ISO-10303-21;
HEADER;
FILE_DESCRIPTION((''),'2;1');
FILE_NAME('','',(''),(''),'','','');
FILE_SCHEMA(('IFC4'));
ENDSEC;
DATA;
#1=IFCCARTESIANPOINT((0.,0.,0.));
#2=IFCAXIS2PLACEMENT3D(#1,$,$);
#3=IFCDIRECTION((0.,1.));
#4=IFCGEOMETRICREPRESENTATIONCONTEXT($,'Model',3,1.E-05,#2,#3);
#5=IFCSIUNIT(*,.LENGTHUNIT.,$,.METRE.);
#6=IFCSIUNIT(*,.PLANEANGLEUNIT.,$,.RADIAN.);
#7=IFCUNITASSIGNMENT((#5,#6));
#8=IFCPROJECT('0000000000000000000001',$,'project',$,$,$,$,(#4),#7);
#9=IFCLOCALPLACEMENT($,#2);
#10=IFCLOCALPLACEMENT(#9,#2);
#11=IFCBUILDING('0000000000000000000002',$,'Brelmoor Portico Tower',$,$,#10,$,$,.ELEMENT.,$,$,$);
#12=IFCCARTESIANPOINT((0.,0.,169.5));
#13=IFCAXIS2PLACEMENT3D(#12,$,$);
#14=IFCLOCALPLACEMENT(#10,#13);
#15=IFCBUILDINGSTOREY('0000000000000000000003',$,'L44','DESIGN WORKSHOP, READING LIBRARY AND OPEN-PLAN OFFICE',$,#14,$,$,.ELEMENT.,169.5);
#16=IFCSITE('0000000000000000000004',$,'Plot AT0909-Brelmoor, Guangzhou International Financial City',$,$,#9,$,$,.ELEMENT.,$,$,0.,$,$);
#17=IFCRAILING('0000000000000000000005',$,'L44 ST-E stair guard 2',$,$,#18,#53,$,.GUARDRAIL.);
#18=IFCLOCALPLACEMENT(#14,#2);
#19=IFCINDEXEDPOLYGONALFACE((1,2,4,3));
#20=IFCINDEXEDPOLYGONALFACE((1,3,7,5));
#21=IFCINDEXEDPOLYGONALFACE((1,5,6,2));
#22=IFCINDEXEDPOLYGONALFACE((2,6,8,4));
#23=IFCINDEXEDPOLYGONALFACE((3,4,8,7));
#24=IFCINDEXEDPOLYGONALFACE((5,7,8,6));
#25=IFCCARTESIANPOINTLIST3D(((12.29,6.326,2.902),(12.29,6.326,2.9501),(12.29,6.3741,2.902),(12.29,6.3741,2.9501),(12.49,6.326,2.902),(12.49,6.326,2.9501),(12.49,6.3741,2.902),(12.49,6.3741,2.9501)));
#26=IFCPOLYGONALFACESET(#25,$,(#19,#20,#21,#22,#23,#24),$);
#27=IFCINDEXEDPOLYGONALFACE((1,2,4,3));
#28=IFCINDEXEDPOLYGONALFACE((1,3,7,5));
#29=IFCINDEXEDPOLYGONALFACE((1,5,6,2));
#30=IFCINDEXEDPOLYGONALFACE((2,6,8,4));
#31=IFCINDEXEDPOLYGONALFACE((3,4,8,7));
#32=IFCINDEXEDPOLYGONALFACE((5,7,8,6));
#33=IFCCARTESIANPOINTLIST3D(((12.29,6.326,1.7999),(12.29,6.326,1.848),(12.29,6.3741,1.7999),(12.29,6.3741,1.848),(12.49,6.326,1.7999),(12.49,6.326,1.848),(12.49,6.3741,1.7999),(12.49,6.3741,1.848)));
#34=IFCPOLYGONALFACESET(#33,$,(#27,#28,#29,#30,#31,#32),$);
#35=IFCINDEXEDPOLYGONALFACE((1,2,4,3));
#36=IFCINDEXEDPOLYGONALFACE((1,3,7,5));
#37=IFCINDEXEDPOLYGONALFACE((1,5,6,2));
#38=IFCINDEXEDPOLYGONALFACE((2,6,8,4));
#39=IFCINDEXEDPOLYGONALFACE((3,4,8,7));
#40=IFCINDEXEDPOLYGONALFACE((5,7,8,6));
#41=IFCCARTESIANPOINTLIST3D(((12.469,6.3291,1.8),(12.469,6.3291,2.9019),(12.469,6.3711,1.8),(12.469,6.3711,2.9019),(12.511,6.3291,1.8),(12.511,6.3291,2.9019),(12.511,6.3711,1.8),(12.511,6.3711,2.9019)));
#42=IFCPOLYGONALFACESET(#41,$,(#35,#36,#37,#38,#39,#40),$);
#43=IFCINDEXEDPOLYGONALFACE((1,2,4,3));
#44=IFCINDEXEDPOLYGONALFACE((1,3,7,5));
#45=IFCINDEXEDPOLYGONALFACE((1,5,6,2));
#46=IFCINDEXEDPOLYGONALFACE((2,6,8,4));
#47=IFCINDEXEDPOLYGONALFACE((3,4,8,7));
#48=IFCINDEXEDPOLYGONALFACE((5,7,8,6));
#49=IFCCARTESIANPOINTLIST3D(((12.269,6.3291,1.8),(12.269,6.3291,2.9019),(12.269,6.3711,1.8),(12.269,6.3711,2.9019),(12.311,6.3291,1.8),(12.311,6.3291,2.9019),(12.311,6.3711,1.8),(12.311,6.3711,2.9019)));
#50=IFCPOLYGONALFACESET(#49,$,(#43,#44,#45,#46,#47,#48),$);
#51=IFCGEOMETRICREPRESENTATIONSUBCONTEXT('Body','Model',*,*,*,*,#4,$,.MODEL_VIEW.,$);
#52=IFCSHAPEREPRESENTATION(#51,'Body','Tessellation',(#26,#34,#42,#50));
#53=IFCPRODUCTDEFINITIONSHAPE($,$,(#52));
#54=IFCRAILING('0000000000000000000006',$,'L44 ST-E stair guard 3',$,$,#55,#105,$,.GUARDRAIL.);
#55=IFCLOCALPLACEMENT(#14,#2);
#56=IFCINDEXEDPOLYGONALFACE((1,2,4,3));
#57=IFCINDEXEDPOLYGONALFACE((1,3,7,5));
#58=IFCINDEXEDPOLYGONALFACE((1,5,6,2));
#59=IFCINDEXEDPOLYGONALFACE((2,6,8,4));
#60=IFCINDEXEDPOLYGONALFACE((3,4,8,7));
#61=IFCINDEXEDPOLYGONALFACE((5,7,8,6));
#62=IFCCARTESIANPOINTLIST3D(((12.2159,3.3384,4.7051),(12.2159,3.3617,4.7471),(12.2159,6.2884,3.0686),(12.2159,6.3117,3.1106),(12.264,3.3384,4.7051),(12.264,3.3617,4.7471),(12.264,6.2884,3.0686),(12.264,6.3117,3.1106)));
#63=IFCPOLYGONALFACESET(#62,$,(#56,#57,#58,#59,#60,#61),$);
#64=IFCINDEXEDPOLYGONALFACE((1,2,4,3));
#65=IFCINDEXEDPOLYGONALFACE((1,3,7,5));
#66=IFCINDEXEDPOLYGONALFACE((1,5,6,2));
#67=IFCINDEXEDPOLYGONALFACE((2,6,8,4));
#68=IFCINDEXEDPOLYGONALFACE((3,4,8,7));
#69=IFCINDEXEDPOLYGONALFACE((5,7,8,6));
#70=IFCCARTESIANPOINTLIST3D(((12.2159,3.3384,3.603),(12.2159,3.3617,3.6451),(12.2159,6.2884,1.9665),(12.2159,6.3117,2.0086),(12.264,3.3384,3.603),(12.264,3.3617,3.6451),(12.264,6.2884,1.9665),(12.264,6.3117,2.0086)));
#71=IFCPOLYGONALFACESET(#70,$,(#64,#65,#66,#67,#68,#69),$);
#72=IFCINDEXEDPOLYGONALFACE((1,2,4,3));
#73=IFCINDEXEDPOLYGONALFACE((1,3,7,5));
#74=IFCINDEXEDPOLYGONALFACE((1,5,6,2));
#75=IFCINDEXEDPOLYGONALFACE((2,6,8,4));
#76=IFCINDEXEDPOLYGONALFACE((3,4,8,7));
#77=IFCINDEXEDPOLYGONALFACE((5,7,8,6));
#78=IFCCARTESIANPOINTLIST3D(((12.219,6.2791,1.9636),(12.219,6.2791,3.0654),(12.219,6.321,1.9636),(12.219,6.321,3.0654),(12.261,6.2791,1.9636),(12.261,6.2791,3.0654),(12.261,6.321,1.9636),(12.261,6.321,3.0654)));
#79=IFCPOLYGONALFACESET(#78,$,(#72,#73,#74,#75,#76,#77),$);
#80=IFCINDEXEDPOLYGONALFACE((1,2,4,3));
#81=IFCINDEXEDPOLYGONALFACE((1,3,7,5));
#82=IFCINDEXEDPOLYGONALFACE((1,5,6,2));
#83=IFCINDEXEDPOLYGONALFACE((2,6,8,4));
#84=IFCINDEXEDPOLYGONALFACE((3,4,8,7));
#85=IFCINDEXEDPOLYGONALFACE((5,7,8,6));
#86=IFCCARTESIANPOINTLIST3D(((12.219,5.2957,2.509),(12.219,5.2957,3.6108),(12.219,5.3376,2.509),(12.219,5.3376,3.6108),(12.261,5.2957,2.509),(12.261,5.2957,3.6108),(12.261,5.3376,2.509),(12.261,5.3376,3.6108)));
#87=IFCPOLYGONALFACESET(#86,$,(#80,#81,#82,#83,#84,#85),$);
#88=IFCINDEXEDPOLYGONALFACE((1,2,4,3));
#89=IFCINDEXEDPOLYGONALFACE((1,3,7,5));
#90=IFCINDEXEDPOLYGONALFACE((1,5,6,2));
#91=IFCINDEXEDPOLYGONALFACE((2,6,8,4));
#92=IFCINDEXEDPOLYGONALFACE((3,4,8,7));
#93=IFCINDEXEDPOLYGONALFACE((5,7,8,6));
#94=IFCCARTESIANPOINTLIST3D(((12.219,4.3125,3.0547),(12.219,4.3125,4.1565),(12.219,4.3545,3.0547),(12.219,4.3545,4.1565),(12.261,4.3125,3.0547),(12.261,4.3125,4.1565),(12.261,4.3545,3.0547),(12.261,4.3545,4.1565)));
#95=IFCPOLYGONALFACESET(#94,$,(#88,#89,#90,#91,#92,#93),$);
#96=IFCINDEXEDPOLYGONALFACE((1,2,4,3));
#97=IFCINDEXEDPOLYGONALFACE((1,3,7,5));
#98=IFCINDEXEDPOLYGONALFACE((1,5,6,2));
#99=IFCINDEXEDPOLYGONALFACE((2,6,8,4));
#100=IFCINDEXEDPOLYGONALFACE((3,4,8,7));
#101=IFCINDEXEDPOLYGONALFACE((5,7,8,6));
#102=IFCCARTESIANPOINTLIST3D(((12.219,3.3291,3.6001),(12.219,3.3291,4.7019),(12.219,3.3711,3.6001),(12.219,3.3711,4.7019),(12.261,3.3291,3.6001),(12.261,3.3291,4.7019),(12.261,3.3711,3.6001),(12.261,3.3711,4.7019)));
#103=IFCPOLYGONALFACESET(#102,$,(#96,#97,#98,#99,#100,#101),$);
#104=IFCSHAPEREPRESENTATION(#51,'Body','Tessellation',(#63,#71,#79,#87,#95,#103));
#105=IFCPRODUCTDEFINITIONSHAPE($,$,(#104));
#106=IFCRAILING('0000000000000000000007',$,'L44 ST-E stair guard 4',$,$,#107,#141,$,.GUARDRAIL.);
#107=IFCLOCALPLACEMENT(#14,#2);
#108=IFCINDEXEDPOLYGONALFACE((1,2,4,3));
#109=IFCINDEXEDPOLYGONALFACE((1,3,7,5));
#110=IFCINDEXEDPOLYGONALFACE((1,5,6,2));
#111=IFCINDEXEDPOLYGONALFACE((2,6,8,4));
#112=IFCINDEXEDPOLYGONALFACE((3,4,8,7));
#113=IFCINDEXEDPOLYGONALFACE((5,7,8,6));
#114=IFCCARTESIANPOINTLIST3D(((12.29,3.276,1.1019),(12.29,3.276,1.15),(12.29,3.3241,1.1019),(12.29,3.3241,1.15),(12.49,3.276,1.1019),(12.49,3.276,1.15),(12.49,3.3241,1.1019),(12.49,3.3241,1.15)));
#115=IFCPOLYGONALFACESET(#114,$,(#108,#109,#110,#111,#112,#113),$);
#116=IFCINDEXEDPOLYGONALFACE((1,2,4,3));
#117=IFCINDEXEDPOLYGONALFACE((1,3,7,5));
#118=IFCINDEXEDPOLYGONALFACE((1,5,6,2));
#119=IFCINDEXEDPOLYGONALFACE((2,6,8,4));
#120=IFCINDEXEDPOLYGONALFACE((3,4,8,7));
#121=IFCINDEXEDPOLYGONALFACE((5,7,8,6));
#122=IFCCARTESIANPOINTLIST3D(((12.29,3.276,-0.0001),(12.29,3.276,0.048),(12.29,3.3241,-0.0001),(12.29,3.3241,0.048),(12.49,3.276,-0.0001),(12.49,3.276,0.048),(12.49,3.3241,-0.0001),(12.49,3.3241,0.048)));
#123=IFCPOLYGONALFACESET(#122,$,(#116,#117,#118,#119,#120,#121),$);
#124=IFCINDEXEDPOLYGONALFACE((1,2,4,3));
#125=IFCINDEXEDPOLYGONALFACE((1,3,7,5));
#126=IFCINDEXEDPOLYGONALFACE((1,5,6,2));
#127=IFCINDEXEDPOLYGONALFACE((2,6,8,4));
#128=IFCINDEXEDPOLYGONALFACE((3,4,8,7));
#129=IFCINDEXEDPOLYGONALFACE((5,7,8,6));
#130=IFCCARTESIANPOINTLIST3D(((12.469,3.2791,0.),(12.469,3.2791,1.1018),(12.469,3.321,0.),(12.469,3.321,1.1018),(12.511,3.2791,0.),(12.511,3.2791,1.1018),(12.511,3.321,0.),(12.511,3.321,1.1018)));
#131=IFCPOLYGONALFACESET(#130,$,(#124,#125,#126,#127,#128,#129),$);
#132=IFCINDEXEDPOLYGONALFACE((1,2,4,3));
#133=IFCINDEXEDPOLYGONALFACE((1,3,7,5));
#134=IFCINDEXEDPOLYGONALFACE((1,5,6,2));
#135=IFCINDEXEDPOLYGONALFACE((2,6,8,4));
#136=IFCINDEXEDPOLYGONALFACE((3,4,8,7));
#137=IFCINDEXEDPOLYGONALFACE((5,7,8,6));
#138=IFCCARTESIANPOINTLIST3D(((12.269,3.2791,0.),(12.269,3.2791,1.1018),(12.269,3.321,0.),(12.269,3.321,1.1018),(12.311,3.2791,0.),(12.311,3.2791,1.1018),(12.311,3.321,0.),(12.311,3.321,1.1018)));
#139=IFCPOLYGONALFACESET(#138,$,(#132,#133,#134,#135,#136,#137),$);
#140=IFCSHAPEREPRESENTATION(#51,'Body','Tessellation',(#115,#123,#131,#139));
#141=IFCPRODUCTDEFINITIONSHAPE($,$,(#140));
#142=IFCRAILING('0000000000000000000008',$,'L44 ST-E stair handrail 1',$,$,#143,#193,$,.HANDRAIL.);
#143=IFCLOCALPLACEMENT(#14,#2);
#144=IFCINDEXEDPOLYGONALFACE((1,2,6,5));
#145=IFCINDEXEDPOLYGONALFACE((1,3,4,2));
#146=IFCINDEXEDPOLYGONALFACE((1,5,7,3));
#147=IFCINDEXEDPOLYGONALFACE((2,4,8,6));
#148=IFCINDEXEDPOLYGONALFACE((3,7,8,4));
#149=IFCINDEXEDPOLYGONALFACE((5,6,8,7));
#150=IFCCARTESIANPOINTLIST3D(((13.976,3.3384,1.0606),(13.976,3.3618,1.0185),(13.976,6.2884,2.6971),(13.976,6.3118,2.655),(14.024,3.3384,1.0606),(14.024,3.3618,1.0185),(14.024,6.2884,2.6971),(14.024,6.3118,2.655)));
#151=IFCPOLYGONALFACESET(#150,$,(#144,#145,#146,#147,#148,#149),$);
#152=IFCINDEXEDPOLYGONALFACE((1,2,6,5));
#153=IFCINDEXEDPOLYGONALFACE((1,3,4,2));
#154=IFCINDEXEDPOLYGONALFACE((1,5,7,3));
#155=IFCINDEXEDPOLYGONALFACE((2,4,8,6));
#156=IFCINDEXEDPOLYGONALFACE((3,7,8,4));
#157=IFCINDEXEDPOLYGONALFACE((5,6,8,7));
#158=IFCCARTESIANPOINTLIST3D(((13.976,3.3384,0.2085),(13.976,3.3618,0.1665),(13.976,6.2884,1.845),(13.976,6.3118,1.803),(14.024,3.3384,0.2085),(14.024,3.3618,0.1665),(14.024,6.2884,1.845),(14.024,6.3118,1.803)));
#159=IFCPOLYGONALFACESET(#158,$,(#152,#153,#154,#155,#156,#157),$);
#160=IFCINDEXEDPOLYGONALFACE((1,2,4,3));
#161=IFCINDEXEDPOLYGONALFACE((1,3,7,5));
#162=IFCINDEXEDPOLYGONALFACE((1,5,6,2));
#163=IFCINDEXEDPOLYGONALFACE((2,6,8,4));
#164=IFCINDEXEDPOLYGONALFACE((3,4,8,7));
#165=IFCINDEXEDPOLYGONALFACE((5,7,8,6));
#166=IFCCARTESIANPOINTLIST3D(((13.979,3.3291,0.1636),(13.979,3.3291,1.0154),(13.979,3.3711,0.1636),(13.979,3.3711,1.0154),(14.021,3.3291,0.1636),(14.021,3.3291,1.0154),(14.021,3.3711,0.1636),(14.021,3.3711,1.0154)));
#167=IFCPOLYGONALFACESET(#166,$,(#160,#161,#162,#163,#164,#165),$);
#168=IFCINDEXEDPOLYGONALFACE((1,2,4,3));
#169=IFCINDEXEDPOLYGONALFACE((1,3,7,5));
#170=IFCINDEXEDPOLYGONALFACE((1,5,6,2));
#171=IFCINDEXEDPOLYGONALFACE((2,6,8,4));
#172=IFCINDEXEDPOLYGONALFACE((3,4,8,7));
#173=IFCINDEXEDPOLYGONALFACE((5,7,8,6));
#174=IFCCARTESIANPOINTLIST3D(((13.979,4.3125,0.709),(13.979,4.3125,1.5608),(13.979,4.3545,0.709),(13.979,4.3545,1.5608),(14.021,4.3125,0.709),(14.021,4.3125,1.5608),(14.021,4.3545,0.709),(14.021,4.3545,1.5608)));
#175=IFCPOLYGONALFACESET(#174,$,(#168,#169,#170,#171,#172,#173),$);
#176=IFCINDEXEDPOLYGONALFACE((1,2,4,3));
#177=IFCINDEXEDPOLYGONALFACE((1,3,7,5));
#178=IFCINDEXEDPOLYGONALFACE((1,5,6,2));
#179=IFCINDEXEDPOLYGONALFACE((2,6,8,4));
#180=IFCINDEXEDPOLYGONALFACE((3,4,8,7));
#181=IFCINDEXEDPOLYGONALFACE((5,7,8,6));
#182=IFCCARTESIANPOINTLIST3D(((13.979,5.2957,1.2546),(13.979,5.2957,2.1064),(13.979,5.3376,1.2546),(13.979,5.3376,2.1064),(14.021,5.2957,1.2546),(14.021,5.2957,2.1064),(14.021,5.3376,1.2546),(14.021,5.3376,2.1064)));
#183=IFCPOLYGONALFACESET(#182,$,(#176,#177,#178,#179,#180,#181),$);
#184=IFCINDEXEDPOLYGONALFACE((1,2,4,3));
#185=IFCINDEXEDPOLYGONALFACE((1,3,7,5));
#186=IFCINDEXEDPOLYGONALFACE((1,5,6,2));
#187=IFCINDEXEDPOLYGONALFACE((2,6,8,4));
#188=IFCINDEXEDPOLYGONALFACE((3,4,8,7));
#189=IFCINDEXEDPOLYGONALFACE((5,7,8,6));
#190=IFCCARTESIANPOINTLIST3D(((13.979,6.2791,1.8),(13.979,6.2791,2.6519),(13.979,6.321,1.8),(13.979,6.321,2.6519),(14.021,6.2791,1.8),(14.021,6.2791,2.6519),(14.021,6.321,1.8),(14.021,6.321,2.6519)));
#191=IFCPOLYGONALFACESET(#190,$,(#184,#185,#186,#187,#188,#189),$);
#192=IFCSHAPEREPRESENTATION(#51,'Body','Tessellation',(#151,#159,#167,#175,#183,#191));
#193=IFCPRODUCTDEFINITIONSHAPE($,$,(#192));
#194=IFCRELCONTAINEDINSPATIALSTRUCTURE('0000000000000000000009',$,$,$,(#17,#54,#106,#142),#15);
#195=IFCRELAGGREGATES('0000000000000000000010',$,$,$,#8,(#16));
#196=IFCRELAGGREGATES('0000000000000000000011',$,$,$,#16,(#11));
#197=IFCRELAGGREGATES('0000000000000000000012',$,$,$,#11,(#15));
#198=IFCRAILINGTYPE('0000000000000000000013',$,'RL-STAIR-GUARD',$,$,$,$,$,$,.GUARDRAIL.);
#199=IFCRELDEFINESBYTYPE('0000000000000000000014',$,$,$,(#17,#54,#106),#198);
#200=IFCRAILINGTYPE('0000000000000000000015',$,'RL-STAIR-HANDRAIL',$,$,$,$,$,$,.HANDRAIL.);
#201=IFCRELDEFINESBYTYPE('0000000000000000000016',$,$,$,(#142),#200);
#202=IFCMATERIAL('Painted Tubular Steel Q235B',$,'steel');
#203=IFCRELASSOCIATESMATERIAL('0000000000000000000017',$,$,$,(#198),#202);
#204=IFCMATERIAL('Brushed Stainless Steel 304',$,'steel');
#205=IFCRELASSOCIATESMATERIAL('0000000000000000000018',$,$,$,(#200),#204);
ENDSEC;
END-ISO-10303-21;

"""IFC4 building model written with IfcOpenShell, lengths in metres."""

from ifc_helpers import new_model, si_unit, direction, frame, origin, origin_2d, place, context, subcontext, project, spatial, rectangle, extrude, material, type_object, element, save


model = new_model("IFC4")

# Units and contexts
model_context = context("Model", 3, precision=1e-05, world=origin(), true_north=direction((0.0, 1.0)))
body_context = subcontext(model_context, "Body", "Model", "MODEL_VIEW")
ifc_project = project(units=[si_unit("LENGTHUNIT", "METRE"), si_unit("PLANEANGLEUNIT", "RADIAN")], contexts=[model_context])

# Site, building, storey
site_placement = place(None, origin())
site = spatial("IfcSite", under=ifc_project, at=site_placement, Name="Plot AT0909-Brelmoor, Guangzhou International Financial City", CompositionType="ELEMENT", RefElevation=0.0)
building_placement = place(site_placement, origin())
building = spatial("IfcBuilding", under=site, at=building_placement, Name="Brelmoor Portico Tower", CompositionType="ELEMENT")
storey_placement = place(building_placement, frame((0.0, 0.0, 169.5)))
storey = spatial("IfcBuildingStorey", under=building, at=storey_placement, Name="L44", Description="DESIGN WORKSHOP, READING LIBRARY AND OPEN-PLAN OFFICE", CompositionType="ELEMENT", Elevation=169.5)

# Railings
ifc_material_1 = material(Name="Painted Tubular Steel Q235B", Category="steel")
railing_type_1 = type_object("IfcRailingType", Name="RL-STAIR-GUARD", PredefinedType="GUARDRAIL", material=ifc_material_1)
railing_1_placement = place(storey_placement, frame((12.49, 6.3501, 1.8)))
element("IfcRailing", 1, at=railing_1_placement, inside=storey, type_object=railing_type_1, Name="L44 ST-E stair guard 2", PredefinedType="GUARDRAIL", context=body_context, shape_type="SweptSolid", body=[
    extrude(rectangle(XDim=0.0481, YDim=0.0481, at=origin_2d()), frame((0.0, 0.0, 1.126), z_axis=(-1.0, 0.0, 0.0), x_axis=(0.0, -1.0, 0.0)), (0.0, 0.0, 1.0), 0.2),
    extrude(rectangle(XDim=0.0481, YDim=0.0481, at=origin_2d()), frame((0.0, 0.0, 0.0239), z_axis=(-1.0, 0.0, 0.0), x_axis=(0.0, -1.0, 0.0)), (0.0, 0.0, 1.0), 0.2),
    extrude(rectangle(XDim=0.042, YDim=0.042, at=origin_2d()), origin(), (0.0, 0.0, 1.0), 1.1018),
    extrude(rectangle(XDim=0.042, YDim=0.042, at=origin_2d()), frame((-0.2, 0.0, 0.0)), (0.0, 0.0, 1.0), 1.1018),
])
railing_2_placement = place(storey_placement, frame((12.24, 6.3, 1.9636)))
element("IfcRailing", 2, at=railing_2_placement, inside=storey, type_object=railing_type_1, Name="L44 ST-E stair guard 3", PredefinedType="GUARDRAIL", context=body_context, shape_type="SweptSolid", body=[
    extrude(rectangle(XDim=0.0481, YDim=0.0481, at=origin_2d()), frame((0.0, 0.0, 1.126), z_axis=(0.0, -0.874458, 0.485102), x_axis=(1.0, 0.0, 0.0)), (0.0, 0.0, 1.0), 3.3735),
    extrude(rectangle(XDim=0.0481, YDim=0.0481, at=origin_2d()), frame((0.0, 0.0, 0.0239), z_axis=(0.0, -0.874458, 0.485102), x_axis=(1.0, 0.0, 0.0)), (0.0, 0.0, 1.0), 3.3735),
    extrude(rectangle(XDim=0.042, YDim=0.042, at=origin_2d()), origin(), (0.0, 0.0, 1.0), 1.1018),
    extrude(rectangle(XDim=0.042, YDim=0.042, at=origin_2d()), frame((0.0, -0.9834, 0.5454)), (0.0, 0.0, 1.0), 1.1018),
    extrude(rectangle(XDim=0.042, YDim=0.042, at=origin_2d()), frame((0.0, -1.9666, 1.0911)), (0.0, 0.0, 1.0), 1.1018),
    extrude(rectangle(XDim=0.042, YDim=0.042, at=origin_2d()), frame((0.0, -2.95, 1.6365)), (0.0, 0.0, 1.0), 1.1018),
])
railing_3_placement = place(storey_placement, frame((12.49, 3.3, 0.0)))
element("IfcRailing", 3, at=railing_3_placement, inside=storey, type_object=railing_type_1, Name="L44 ST-E stair guard 4", PredefinedType="GUARDRAIL", context=body_context, shape_type="SweptSolid", body=[
    extrude(rectangle(XDim=0.0481, YDim=0.0481, at=origin_2d()), frame((0.0, 0.0, 1.126), z_axis=(-1.0, 0.0, 0.0), x_axis=(0.0, -1.0, 0.0)), (0.0, 0.0, 1.0), 0.2),
    extrude(rectangle(XDim=0.0481, YDim=0.0481, at=origin_2d()), frame((0.0, 0.0, 0.0239), z_axis=(-1.0, 0.0, 0.0), x_axis=(0.0, -1.0, 0.0)), (0.0, 0.0, 1.0), 0.2),
    extrude(rectangle(XDim=0.042, YDim=0.042, at=origin_2d()), origin(), (0.0, 0.0, 1.0), 1.1018),
    extrude(rectangle(XDim=0.042, YDim=0.042, at=origin_2d()), frame((-0.2, 0.0, 0.0)), (0.0, 0.0, 1.0), 1.1018),
])
ifc_material_2 = material(Name="Brushed Stainless Steel 304", Category="steel")
railing_type_2 = type_object("IfcRailingType", Name="RL-STAIR-HANDRAIL", PredefinedType="HANDRAIL", material=ifc_material_2)
railing_4_placement = place(storey_placement, frame((14.0, 3.3501, 0.1636)))
element("IfcRailing", 4, at=railing_4_placement, inside=storey, type_object=railing_type_2, Name="L44 ST-E stair handrail 1", PredefinedType="HANDRAIL", context=body_context, shape_type="SweptSolid", body=[
    extrude(rectangle(XDim=0.0481, YDim=0.0481, at=origin_2d()), frame((0.0, 0.0, 0.876), z_axis=(0.0, 0.874458, 0.485102), x_axis=(-1.0, 0.0, 0.0)), (0.0, 0.0, 1.0), 3.3735),
    extrude(rectangle(XDim=0.0481, YDim=0.0481, at=origin_2d()), frame((0.0, 0.0, 0.0239), z_axis=(0.0, 0.874458, 0.485102), x_axis=(-1.0, 0.0, 0.0)), (0.0, 0.0, 1.0), 3.3735),
    extrude(rectangle(XDim=0.042, YDim=0.042, at=origin_2d()), origin(), (0.0, 0.0, 1.0), 0.8518),
    extrude(rectangle(XDim=0.042, YDim=0.042, at=origin_2d()), frame((0.0, 0.9834, 0.5454)), (0.0, 0.0, 1.0), 0.8518),
    extrude(rectangle(XDim=0.042, YDim=0.042, at=origin_2d()), frame((0.0, 1.9666, 1.0911)), (0.0, 0.0, 1.0), 0.8518),
    extrude(rectangle(XDim=0.042, YDim=0.042, at=origin_2d()), frame((0.0, 2.95, 1.6365)), (0.0, 0.0, 1.0), 0.8518),
])

save(model, "model.ifc")
